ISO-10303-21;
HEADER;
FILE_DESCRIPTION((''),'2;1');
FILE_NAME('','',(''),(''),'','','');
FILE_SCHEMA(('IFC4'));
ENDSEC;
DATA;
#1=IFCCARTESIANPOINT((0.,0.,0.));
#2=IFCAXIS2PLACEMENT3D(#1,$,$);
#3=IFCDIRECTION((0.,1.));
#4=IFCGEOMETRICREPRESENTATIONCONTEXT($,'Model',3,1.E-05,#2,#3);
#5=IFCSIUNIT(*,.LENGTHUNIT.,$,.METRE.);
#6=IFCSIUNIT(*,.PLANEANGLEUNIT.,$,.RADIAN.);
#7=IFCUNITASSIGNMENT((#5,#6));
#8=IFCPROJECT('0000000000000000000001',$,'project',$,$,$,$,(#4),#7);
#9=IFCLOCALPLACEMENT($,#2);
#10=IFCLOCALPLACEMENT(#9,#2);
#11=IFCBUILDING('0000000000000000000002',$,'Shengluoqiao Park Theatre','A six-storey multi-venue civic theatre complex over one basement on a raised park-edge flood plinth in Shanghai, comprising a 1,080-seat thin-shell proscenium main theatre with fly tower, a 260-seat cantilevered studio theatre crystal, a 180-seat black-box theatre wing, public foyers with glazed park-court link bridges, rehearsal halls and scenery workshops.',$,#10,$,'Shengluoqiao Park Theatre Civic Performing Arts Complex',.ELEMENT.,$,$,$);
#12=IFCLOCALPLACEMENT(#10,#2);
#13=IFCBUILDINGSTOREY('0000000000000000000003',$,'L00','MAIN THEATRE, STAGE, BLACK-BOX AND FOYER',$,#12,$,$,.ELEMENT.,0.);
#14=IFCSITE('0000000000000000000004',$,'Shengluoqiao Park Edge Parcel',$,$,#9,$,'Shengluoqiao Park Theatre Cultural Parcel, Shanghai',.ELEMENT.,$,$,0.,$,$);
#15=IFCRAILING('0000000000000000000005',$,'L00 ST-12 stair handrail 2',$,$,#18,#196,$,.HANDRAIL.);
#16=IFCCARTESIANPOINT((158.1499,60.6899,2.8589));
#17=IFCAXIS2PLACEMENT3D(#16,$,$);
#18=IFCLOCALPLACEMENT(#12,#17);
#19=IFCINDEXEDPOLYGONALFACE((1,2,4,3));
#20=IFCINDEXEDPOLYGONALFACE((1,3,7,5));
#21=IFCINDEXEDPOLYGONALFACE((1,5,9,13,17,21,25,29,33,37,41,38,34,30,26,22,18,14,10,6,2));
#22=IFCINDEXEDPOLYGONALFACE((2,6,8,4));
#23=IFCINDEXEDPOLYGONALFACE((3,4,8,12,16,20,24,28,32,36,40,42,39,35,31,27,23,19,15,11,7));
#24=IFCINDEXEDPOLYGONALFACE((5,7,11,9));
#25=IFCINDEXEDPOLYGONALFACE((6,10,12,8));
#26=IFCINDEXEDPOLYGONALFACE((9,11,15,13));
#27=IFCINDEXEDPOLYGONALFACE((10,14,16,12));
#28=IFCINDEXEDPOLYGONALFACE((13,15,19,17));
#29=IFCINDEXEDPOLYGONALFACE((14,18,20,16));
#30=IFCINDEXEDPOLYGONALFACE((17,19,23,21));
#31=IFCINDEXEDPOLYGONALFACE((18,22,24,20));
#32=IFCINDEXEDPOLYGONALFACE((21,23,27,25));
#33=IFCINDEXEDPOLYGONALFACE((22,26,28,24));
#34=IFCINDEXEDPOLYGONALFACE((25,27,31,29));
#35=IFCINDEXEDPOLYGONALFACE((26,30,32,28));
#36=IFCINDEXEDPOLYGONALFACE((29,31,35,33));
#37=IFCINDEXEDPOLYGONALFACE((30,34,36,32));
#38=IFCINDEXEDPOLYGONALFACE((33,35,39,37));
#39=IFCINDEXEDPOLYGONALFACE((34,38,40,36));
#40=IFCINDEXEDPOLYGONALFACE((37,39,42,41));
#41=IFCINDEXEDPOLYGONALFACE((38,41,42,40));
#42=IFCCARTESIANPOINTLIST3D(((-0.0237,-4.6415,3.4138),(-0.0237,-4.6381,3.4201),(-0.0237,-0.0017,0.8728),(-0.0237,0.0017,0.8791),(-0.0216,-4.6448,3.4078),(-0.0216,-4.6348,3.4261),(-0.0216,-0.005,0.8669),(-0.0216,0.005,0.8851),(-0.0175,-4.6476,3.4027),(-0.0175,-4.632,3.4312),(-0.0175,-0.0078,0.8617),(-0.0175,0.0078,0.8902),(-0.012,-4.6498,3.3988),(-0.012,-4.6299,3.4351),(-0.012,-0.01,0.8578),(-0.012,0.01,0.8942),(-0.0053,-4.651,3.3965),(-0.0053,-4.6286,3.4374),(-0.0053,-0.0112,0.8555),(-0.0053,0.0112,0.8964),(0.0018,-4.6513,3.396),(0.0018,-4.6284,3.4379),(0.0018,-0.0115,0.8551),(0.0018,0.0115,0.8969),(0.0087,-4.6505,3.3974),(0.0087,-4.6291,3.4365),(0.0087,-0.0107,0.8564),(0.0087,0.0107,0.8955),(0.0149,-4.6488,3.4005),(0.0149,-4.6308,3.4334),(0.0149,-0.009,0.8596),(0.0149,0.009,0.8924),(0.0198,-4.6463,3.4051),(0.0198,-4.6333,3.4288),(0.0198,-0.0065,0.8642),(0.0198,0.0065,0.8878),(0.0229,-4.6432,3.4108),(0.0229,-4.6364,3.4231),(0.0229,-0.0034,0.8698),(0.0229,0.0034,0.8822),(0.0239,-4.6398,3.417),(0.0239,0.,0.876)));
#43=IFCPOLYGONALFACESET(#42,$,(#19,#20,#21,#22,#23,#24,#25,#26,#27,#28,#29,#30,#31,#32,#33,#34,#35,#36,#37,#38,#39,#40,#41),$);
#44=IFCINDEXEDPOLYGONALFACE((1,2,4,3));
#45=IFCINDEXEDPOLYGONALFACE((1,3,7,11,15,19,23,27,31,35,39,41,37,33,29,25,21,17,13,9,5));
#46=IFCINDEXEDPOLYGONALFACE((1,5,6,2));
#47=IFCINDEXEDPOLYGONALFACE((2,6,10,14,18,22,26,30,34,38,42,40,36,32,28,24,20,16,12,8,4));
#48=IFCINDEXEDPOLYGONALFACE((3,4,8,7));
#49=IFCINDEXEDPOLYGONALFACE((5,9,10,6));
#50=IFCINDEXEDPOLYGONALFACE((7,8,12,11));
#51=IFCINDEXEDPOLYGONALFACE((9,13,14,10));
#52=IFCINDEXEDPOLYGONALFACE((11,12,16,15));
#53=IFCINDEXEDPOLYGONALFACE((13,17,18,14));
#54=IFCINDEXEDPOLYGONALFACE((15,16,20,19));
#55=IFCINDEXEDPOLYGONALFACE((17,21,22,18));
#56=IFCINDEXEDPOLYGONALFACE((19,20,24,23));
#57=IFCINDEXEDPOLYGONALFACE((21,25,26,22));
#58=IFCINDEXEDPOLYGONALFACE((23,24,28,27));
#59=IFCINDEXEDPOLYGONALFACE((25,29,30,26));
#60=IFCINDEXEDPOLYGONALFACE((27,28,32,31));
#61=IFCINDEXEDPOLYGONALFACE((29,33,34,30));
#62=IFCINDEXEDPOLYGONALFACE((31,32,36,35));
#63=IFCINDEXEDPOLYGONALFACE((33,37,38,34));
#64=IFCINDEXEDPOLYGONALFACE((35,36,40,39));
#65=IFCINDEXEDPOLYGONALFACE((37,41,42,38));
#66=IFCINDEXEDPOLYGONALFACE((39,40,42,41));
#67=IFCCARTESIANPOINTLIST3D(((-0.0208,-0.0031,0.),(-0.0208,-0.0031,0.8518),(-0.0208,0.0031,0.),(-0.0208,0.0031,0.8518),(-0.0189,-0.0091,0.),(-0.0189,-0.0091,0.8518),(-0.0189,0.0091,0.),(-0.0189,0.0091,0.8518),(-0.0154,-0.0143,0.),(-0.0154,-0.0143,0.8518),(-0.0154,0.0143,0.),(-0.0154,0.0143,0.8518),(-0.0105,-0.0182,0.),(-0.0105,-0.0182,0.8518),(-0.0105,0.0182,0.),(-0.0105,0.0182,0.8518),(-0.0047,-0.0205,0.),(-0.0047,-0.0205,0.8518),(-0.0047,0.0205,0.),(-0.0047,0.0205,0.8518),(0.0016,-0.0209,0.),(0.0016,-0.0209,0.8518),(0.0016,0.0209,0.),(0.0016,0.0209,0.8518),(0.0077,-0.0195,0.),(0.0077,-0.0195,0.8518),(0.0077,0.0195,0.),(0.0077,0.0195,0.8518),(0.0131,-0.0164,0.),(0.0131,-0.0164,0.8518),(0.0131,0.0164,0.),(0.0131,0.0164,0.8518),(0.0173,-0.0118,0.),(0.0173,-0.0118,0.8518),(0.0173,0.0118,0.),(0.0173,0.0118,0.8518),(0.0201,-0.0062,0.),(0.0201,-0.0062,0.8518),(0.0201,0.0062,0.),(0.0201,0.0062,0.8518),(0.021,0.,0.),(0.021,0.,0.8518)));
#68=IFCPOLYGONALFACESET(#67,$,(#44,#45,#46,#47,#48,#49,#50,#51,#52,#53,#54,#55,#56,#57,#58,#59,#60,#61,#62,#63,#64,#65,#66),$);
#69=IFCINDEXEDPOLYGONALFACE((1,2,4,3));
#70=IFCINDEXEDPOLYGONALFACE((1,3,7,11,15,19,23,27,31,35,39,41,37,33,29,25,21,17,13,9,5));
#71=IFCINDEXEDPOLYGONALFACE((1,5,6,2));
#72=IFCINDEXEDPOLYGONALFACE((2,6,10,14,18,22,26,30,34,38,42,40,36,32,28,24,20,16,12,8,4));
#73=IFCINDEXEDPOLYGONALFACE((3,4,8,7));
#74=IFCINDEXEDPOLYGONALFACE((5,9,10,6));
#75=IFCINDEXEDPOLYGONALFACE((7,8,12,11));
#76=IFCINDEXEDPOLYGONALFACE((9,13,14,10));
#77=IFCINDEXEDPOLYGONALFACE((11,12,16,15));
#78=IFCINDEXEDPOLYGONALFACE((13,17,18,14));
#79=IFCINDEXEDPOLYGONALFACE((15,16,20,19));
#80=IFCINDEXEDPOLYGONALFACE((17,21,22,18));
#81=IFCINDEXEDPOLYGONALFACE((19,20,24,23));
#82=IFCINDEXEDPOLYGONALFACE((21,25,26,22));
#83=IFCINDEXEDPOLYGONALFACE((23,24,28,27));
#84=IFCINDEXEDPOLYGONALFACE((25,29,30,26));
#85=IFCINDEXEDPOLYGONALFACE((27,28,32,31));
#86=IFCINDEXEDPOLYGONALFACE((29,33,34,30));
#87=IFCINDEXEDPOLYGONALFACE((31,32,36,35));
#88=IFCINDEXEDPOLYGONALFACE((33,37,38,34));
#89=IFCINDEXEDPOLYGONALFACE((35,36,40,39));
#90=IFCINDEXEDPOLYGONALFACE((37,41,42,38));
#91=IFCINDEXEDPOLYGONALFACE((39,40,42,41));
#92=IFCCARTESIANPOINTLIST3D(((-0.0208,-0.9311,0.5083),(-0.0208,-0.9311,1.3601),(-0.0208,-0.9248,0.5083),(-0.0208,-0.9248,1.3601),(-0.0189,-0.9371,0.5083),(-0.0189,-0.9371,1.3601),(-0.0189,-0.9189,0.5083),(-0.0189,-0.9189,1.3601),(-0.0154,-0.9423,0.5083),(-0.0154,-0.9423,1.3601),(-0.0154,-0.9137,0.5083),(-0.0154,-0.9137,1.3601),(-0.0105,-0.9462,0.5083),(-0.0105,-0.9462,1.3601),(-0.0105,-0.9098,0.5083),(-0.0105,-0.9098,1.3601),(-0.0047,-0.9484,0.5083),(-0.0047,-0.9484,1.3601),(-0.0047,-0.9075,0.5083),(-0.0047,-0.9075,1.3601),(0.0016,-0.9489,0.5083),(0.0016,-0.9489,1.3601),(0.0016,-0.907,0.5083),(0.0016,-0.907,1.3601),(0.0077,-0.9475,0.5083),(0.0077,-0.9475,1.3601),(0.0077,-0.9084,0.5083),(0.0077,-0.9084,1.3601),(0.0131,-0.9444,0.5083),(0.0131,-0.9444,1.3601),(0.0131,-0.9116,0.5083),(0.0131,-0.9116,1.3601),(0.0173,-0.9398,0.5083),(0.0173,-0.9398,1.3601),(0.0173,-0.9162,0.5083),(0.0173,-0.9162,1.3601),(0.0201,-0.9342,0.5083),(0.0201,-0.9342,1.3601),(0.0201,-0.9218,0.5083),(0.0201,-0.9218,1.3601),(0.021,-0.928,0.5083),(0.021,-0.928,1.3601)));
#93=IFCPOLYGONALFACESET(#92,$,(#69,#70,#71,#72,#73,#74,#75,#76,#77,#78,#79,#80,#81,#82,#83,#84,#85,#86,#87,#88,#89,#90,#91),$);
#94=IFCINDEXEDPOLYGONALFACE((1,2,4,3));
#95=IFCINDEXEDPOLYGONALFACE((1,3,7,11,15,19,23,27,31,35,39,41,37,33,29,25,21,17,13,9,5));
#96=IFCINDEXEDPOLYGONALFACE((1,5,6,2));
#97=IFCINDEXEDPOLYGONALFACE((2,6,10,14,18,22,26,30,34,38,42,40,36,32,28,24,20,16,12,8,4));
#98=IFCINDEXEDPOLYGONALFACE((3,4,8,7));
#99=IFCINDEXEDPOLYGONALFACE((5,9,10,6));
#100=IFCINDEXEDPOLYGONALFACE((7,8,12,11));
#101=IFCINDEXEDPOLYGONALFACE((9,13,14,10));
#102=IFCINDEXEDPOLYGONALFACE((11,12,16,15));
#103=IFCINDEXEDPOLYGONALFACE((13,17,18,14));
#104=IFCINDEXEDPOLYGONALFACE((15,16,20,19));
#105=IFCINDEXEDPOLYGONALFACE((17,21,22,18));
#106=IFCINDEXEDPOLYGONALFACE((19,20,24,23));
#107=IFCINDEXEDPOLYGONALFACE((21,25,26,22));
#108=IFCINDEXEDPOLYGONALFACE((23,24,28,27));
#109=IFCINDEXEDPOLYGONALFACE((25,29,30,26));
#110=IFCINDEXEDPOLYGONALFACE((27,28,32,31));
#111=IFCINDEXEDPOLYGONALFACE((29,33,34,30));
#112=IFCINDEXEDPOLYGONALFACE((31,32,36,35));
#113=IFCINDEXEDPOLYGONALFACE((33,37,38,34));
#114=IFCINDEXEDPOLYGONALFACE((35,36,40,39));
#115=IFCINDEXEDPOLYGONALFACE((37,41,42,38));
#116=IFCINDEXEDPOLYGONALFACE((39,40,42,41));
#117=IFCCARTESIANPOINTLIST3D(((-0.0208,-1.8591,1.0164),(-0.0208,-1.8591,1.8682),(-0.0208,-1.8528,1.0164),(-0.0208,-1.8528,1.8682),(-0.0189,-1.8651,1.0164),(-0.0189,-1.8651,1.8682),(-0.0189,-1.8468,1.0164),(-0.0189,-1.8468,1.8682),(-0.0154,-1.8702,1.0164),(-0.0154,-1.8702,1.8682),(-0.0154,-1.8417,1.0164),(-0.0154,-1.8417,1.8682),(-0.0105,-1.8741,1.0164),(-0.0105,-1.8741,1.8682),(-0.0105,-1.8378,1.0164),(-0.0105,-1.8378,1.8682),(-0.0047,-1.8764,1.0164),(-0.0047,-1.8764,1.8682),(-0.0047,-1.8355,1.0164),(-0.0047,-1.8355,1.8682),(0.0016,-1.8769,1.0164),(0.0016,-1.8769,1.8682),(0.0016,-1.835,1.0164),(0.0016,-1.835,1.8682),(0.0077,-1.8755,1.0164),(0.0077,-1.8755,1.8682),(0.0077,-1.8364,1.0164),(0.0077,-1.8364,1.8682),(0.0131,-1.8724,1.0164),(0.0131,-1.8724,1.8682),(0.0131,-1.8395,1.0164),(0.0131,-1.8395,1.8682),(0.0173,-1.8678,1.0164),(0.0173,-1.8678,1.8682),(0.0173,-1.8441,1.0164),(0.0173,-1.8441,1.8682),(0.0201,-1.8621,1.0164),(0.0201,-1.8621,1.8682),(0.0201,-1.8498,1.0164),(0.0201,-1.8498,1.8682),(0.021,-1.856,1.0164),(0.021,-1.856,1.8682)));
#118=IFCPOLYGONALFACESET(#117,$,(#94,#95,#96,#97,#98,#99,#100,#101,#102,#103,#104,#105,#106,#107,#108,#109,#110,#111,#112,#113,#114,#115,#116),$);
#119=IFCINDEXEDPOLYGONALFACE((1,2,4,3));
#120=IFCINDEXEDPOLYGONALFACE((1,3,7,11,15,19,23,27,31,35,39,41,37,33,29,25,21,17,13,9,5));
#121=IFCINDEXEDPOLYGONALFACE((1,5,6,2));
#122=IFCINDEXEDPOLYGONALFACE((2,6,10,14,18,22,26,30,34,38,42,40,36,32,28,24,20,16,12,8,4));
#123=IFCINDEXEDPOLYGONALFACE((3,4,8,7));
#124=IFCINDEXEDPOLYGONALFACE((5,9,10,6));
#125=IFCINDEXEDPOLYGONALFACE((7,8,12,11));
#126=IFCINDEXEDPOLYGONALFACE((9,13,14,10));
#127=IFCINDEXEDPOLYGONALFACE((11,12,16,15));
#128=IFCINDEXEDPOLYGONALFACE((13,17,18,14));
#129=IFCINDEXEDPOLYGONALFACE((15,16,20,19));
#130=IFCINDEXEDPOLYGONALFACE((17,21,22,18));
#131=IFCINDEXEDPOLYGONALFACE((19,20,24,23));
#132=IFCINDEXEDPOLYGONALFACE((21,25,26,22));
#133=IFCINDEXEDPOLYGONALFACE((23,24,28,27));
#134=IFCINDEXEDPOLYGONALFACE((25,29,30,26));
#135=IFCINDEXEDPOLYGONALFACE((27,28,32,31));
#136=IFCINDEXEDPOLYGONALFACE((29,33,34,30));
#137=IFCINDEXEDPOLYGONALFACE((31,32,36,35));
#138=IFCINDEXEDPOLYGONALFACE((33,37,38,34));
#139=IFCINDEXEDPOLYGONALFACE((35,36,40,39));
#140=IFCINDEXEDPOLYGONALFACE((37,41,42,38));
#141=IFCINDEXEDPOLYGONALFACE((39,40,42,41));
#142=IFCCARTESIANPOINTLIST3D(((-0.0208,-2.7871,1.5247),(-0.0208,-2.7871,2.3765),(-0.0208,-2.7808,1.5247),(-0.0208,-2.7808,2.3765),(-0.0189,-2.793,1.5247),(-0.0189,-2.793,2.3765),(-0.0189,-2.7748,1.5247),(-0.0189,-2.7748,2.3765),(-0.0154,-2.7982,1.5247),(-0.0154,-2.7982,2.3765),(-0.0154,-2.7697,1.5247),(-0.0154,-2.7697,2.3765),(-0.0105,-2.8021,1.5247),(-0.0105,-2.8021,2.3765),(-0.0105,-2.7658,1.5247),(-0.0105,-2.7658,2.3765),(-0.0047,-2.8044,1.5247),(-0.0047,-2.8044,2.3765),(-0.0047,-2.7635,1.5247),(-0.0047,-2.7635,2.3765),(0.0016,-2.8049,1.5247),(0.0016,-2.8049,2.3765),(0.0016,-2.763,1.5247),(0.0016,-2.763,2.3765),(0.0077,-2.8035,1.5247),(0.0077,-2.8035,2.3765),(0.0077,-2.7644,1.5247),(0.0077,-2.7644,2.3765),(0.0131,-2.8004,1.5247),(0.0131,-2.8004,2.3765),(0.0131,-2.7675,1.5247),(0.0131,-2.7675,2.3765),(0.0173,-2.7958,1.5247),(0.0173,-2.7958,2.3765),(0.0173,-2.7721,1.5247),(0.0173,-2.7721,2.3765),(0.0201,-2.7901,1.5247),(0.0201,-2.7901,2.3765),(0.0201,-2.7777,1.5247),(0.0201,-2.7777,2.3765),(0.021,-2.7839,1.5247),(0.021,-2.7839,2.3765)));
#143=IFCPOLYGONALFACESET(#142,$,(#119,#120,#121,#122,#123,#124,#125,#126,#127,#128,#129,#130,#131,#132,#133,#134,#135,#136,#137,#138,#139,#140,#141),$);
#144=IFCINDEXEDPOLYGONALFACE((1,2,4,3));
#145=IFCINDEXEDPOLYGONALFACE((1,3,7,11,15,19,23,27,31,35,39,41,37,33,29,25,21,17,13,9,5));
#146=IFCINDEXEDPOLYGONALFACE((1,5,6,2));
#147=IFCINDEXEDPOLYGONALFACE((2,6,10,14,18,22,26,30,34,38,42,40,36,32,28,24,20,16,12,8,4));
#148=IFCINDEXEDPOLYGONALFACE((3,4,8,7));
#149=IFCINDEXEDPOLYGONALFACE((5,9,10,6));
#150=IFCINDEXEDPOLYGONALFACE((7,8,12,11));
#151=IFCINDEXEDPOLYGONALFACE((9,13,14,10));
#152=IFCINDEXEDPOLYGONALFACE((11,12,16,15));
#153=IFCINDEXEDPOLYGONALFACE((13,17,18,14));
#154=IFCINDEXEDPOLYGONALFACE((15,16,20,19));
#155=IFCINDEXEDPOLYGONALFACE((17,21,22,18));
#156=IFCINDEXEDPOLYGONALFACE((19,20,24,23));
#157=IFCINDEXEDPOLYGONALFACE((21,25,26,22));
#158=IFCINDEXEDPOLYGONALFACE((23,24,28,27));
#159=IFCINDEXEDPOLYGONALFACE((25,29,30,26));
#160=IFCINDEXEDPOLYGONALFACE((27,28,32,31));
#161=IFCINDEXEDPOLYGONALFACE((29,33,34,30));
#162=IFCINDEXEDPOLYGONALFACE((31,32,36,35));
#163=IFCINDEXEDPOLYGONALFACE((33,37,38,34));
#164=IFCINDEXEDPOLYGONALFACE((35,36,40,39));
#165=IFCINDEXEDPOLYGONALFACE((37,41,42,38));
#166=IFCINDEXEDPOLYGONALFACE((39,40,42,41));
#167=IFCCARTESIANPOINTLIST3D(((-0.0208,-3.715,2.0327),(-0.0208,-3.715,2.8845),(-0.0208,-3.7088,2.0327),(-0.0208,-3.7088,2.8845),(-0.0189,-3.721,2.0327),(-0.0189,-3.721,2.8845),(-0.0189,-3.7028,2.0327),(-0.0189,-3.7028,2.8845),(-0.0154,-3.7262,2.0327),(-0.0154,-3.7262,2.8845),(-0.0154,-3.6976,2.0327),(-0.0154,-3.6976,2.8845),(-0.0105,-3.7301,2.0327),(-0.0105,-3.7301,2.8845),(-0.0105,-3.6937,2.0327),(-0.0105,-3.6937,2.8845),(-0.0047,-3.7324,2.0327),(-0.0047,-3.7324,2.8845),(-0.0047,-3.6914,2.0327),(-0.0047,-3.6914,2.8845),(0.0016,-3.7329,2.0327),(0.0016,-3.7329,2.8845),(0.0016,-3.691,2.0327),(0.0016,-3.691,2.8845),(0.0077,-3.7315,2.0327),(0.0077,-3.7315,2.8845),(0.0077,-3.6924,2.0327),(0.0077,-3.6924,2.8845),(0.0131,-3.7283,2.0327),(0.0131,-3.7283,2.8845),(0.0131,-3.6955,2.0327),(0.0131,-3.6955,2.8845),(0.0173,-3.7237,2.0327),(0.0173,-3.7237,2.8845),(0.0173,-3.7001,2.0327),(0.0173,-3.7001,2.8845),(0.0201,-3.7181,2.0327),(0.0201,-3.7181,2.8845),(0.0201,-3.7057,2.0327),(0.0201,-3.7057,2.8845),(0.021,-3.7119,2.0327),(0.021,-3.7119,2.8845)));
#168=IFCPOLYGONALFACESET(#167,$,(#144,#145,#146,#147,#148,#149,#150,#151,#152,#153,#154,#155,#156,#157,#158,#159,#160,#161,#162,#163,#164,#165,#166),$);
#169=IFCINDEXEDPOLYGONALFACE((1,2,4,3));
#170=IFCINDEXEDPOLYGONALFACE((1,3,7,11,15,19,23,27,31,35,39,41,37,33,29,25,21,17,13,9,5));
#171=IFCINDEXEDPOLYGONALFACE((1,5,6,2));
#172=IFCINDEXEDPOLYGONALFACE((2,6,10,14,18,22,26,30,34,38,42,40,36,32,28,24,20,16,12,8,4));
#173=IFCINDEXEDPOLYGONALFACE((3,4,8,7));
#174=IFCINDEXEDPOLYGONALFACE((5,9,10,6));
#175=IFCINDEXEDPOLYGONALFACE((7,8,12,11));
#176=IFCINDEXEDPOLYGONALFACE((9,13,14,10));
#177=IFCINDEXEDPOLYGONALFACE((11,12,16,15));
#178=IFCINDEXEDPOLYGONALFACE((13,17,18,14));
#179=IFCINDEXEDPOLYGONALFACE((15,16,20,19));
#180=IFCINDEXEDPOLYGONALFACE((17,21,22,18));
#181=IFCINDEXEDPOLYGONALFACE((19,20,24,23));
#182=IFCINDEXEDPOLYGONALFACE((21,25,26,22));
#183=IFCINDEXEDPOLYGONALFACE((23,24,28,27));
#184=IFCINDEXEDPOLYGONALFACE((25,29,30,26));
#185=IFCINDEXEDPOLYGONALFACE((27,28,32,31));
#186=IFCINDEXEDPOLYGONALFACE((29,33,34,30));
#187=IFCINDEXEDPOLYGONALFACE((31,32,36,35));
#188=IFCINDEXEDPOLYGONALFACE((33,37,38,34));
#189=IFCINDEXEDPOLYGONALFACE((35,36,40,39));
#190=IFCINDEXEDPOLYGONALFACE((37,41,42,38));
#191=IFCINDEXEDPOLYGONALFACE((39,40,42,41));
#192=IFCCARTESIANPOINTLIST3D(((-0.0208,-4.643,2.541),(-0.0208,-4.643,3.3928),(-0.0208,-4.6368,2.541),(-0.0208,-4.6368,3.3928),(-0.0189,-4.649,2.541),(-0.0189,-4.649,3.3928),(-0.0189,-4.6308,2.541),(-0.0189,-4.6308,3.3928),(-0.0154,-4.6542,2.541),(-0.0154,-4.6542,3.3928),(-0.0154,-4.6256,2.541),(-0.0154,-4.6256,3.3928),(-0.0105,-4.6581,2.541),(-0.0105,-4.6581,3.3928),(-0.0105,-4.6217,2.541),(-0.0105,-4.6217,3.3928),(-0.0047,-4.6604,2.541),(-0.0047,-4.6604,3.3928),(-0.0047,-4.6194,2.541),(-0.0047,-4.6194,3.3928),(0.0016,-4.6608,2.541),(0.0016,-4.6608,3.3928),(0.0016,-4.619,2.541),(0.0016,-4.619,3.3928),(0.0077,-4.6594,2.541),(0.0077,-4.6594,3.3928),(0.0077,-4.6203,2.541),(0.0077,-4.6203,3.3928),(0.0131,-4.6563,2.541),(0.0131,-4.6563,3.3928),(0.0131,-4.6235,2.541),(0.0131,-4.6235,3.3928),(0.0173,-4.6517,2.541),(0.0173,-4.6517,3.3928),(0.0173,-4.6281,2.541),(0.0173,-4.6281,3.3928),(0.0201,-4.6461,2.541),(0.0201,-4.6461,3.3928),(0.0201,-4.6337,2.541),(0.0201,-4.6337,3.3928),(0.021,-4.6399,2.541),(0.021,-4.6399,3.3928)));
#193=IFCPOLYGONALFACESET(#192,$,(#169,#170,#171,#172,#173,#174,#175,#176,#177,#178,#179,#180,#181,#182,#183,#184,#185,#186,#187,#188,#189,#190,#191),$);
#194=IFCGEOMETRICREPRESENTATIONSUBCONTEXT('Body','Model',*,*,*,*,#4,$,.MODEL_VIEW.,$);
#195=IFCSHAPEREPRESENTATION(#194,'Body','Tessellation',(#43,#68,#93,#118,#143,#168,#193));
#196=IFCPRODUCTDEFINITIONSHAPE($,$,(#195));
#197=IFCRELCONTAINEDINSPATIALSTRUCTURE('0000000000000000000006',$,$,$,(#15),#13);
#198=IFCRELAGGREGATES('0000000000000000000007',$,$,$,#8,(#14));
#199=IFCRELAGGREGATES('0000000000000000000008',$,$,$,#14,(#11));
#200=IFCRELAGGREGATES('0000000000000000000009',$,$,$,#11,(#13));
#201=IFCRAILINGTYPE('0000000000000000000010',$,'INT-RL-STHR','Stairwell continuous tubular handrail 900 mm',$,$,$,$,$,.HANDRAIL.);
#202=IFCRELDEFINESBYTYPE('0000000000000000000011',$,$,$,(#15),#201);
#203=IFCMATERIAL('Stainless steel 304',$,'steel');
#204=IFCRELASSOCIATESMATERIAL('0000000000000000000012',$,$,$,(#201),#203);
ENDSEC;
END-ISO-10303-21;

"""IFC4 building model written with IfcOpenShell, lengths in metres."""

from ifc_helpers import new_model, si_unit, direction, frame, origin, origin_2d, place, context, subcontext, project, spatial, circle, extrude, material, type_object, element, save


model = new_model("IFC4")

# Units and contexts
model_context = context("Model", 3, precision=1e-05, world=origin(), true_north=direction((0.0, 1.0)))
body_context = subcontext(model_context, "Body", "Model", "MODEL_VIEW")
ifc_project = project(units=[si_unit("LENGTHUNIT", "METRE"), si_unit("PLANEANGLEUNIT", "RADIAN")], contexts=[model_context])

# Site, building, storey
site_placement = place(None, origin())
site = spatial("IfcSite", under=ifc_project, at=site_placement, Name="Shengluoqiao Park Edge Parcel", LongName="Shengluoqiao Park Theatre Cultural Parcel, Shanghai", CompositionType="ELEMENT", RefElevation=0.0)
building_placement = place(site_placement, origin())
building = spatial("IfcBuilding", under=site, at=building_placement, Name="Shengluoqiao Park Theatre", Description="A six-storey multi-venue civic theatre complex over one basement on a raised park-edge flood plinth in Shanghai, comprising a 1,080-seat thin-shell proscenium main theatre with fly tower, a 260-seat cantilevered studio theatre crystal, a 180-seat black-box theatre wing, public foyers with glazed park-court link bridges, rehearsal halls and scenery workshops.", LongName="Shengluoqiao Park Theatre Civic Performing Arts Complex", CompositionType="ELEMENT")
storey_placement = place(building_placement, origin())
storey = spatial("IfcBuildingStorey", under=building, at=storey_placement, Name="L00", Description="MAIN THEATRE, STAGE, BLACK-BOX AND FOYER", CompositionType="ELEMENT", Elevation=0.0)

# Railing
ifc_material_1 = material(Name="Stainless steel 304", Category="steel")
railing_type_1 = type_object("IfcRailingType", Name="INT-RL-STHR", Description="Stairwell continuous tubular handrail 900 mm", PredefinedType="HANDRAIL", material=ifc_material_1)
railing_1_placement = place(storey_placement, frame((158.1499, 60.6899, 2.8589)))
element("IfcRailing", 1, at=railing_1_placement, inside=storey, type_object=railing_type_1, Name="L00 ST-12 stair handrail 2", PredefinedType="HANDRAIL", context=body_context, shape_type="SweptSolid", body=[
    extrude(circle(Radius=0.0239, at=origin_2d()), frame((0.0, 0.0, 0.876), z_axis=(0.0, -0.877087, 0.480332), x_axis=(1.0, 0.0, 0.0)), (0.0, 0.0, 1.0), 5.29),
    extrude(circle(Radius=0.021, at=origin_2d()), origin(), (0.0, 0.0, 1.0), 0.8518),
    extrude(circle(Radius=0.021, at=origin_2d()), frame((0.0, -0.928, 0.5083)), (0.0, 0.0, 1.0), 0.8518),
    extrude(circle(Radius=0.021, at=origin_2d()), frame((0.0, -1.856, 1.0164)), (0.0, 0.0, 1.0), 0.8518),
    extrude(circle(Radius=0.021, at=origin_2d()), frame((0.0, -2.7839, 1.5247)), (0.0, 0.0, 1.0), 0.8518),
    extrude(circle(Radius=0.021, at=origin_2d()), frame((0.0, -3.7119, 2.0327)), (0.0, 0.0, 1.0), 0.8518),
    extrude(circle(Radius=0.021, at=origin_2d()), frame((0.0, -4.6399, 2.541)), (0.0, 0.0, 1.0), 0.8518),
])

save(model, "model.ifc")
